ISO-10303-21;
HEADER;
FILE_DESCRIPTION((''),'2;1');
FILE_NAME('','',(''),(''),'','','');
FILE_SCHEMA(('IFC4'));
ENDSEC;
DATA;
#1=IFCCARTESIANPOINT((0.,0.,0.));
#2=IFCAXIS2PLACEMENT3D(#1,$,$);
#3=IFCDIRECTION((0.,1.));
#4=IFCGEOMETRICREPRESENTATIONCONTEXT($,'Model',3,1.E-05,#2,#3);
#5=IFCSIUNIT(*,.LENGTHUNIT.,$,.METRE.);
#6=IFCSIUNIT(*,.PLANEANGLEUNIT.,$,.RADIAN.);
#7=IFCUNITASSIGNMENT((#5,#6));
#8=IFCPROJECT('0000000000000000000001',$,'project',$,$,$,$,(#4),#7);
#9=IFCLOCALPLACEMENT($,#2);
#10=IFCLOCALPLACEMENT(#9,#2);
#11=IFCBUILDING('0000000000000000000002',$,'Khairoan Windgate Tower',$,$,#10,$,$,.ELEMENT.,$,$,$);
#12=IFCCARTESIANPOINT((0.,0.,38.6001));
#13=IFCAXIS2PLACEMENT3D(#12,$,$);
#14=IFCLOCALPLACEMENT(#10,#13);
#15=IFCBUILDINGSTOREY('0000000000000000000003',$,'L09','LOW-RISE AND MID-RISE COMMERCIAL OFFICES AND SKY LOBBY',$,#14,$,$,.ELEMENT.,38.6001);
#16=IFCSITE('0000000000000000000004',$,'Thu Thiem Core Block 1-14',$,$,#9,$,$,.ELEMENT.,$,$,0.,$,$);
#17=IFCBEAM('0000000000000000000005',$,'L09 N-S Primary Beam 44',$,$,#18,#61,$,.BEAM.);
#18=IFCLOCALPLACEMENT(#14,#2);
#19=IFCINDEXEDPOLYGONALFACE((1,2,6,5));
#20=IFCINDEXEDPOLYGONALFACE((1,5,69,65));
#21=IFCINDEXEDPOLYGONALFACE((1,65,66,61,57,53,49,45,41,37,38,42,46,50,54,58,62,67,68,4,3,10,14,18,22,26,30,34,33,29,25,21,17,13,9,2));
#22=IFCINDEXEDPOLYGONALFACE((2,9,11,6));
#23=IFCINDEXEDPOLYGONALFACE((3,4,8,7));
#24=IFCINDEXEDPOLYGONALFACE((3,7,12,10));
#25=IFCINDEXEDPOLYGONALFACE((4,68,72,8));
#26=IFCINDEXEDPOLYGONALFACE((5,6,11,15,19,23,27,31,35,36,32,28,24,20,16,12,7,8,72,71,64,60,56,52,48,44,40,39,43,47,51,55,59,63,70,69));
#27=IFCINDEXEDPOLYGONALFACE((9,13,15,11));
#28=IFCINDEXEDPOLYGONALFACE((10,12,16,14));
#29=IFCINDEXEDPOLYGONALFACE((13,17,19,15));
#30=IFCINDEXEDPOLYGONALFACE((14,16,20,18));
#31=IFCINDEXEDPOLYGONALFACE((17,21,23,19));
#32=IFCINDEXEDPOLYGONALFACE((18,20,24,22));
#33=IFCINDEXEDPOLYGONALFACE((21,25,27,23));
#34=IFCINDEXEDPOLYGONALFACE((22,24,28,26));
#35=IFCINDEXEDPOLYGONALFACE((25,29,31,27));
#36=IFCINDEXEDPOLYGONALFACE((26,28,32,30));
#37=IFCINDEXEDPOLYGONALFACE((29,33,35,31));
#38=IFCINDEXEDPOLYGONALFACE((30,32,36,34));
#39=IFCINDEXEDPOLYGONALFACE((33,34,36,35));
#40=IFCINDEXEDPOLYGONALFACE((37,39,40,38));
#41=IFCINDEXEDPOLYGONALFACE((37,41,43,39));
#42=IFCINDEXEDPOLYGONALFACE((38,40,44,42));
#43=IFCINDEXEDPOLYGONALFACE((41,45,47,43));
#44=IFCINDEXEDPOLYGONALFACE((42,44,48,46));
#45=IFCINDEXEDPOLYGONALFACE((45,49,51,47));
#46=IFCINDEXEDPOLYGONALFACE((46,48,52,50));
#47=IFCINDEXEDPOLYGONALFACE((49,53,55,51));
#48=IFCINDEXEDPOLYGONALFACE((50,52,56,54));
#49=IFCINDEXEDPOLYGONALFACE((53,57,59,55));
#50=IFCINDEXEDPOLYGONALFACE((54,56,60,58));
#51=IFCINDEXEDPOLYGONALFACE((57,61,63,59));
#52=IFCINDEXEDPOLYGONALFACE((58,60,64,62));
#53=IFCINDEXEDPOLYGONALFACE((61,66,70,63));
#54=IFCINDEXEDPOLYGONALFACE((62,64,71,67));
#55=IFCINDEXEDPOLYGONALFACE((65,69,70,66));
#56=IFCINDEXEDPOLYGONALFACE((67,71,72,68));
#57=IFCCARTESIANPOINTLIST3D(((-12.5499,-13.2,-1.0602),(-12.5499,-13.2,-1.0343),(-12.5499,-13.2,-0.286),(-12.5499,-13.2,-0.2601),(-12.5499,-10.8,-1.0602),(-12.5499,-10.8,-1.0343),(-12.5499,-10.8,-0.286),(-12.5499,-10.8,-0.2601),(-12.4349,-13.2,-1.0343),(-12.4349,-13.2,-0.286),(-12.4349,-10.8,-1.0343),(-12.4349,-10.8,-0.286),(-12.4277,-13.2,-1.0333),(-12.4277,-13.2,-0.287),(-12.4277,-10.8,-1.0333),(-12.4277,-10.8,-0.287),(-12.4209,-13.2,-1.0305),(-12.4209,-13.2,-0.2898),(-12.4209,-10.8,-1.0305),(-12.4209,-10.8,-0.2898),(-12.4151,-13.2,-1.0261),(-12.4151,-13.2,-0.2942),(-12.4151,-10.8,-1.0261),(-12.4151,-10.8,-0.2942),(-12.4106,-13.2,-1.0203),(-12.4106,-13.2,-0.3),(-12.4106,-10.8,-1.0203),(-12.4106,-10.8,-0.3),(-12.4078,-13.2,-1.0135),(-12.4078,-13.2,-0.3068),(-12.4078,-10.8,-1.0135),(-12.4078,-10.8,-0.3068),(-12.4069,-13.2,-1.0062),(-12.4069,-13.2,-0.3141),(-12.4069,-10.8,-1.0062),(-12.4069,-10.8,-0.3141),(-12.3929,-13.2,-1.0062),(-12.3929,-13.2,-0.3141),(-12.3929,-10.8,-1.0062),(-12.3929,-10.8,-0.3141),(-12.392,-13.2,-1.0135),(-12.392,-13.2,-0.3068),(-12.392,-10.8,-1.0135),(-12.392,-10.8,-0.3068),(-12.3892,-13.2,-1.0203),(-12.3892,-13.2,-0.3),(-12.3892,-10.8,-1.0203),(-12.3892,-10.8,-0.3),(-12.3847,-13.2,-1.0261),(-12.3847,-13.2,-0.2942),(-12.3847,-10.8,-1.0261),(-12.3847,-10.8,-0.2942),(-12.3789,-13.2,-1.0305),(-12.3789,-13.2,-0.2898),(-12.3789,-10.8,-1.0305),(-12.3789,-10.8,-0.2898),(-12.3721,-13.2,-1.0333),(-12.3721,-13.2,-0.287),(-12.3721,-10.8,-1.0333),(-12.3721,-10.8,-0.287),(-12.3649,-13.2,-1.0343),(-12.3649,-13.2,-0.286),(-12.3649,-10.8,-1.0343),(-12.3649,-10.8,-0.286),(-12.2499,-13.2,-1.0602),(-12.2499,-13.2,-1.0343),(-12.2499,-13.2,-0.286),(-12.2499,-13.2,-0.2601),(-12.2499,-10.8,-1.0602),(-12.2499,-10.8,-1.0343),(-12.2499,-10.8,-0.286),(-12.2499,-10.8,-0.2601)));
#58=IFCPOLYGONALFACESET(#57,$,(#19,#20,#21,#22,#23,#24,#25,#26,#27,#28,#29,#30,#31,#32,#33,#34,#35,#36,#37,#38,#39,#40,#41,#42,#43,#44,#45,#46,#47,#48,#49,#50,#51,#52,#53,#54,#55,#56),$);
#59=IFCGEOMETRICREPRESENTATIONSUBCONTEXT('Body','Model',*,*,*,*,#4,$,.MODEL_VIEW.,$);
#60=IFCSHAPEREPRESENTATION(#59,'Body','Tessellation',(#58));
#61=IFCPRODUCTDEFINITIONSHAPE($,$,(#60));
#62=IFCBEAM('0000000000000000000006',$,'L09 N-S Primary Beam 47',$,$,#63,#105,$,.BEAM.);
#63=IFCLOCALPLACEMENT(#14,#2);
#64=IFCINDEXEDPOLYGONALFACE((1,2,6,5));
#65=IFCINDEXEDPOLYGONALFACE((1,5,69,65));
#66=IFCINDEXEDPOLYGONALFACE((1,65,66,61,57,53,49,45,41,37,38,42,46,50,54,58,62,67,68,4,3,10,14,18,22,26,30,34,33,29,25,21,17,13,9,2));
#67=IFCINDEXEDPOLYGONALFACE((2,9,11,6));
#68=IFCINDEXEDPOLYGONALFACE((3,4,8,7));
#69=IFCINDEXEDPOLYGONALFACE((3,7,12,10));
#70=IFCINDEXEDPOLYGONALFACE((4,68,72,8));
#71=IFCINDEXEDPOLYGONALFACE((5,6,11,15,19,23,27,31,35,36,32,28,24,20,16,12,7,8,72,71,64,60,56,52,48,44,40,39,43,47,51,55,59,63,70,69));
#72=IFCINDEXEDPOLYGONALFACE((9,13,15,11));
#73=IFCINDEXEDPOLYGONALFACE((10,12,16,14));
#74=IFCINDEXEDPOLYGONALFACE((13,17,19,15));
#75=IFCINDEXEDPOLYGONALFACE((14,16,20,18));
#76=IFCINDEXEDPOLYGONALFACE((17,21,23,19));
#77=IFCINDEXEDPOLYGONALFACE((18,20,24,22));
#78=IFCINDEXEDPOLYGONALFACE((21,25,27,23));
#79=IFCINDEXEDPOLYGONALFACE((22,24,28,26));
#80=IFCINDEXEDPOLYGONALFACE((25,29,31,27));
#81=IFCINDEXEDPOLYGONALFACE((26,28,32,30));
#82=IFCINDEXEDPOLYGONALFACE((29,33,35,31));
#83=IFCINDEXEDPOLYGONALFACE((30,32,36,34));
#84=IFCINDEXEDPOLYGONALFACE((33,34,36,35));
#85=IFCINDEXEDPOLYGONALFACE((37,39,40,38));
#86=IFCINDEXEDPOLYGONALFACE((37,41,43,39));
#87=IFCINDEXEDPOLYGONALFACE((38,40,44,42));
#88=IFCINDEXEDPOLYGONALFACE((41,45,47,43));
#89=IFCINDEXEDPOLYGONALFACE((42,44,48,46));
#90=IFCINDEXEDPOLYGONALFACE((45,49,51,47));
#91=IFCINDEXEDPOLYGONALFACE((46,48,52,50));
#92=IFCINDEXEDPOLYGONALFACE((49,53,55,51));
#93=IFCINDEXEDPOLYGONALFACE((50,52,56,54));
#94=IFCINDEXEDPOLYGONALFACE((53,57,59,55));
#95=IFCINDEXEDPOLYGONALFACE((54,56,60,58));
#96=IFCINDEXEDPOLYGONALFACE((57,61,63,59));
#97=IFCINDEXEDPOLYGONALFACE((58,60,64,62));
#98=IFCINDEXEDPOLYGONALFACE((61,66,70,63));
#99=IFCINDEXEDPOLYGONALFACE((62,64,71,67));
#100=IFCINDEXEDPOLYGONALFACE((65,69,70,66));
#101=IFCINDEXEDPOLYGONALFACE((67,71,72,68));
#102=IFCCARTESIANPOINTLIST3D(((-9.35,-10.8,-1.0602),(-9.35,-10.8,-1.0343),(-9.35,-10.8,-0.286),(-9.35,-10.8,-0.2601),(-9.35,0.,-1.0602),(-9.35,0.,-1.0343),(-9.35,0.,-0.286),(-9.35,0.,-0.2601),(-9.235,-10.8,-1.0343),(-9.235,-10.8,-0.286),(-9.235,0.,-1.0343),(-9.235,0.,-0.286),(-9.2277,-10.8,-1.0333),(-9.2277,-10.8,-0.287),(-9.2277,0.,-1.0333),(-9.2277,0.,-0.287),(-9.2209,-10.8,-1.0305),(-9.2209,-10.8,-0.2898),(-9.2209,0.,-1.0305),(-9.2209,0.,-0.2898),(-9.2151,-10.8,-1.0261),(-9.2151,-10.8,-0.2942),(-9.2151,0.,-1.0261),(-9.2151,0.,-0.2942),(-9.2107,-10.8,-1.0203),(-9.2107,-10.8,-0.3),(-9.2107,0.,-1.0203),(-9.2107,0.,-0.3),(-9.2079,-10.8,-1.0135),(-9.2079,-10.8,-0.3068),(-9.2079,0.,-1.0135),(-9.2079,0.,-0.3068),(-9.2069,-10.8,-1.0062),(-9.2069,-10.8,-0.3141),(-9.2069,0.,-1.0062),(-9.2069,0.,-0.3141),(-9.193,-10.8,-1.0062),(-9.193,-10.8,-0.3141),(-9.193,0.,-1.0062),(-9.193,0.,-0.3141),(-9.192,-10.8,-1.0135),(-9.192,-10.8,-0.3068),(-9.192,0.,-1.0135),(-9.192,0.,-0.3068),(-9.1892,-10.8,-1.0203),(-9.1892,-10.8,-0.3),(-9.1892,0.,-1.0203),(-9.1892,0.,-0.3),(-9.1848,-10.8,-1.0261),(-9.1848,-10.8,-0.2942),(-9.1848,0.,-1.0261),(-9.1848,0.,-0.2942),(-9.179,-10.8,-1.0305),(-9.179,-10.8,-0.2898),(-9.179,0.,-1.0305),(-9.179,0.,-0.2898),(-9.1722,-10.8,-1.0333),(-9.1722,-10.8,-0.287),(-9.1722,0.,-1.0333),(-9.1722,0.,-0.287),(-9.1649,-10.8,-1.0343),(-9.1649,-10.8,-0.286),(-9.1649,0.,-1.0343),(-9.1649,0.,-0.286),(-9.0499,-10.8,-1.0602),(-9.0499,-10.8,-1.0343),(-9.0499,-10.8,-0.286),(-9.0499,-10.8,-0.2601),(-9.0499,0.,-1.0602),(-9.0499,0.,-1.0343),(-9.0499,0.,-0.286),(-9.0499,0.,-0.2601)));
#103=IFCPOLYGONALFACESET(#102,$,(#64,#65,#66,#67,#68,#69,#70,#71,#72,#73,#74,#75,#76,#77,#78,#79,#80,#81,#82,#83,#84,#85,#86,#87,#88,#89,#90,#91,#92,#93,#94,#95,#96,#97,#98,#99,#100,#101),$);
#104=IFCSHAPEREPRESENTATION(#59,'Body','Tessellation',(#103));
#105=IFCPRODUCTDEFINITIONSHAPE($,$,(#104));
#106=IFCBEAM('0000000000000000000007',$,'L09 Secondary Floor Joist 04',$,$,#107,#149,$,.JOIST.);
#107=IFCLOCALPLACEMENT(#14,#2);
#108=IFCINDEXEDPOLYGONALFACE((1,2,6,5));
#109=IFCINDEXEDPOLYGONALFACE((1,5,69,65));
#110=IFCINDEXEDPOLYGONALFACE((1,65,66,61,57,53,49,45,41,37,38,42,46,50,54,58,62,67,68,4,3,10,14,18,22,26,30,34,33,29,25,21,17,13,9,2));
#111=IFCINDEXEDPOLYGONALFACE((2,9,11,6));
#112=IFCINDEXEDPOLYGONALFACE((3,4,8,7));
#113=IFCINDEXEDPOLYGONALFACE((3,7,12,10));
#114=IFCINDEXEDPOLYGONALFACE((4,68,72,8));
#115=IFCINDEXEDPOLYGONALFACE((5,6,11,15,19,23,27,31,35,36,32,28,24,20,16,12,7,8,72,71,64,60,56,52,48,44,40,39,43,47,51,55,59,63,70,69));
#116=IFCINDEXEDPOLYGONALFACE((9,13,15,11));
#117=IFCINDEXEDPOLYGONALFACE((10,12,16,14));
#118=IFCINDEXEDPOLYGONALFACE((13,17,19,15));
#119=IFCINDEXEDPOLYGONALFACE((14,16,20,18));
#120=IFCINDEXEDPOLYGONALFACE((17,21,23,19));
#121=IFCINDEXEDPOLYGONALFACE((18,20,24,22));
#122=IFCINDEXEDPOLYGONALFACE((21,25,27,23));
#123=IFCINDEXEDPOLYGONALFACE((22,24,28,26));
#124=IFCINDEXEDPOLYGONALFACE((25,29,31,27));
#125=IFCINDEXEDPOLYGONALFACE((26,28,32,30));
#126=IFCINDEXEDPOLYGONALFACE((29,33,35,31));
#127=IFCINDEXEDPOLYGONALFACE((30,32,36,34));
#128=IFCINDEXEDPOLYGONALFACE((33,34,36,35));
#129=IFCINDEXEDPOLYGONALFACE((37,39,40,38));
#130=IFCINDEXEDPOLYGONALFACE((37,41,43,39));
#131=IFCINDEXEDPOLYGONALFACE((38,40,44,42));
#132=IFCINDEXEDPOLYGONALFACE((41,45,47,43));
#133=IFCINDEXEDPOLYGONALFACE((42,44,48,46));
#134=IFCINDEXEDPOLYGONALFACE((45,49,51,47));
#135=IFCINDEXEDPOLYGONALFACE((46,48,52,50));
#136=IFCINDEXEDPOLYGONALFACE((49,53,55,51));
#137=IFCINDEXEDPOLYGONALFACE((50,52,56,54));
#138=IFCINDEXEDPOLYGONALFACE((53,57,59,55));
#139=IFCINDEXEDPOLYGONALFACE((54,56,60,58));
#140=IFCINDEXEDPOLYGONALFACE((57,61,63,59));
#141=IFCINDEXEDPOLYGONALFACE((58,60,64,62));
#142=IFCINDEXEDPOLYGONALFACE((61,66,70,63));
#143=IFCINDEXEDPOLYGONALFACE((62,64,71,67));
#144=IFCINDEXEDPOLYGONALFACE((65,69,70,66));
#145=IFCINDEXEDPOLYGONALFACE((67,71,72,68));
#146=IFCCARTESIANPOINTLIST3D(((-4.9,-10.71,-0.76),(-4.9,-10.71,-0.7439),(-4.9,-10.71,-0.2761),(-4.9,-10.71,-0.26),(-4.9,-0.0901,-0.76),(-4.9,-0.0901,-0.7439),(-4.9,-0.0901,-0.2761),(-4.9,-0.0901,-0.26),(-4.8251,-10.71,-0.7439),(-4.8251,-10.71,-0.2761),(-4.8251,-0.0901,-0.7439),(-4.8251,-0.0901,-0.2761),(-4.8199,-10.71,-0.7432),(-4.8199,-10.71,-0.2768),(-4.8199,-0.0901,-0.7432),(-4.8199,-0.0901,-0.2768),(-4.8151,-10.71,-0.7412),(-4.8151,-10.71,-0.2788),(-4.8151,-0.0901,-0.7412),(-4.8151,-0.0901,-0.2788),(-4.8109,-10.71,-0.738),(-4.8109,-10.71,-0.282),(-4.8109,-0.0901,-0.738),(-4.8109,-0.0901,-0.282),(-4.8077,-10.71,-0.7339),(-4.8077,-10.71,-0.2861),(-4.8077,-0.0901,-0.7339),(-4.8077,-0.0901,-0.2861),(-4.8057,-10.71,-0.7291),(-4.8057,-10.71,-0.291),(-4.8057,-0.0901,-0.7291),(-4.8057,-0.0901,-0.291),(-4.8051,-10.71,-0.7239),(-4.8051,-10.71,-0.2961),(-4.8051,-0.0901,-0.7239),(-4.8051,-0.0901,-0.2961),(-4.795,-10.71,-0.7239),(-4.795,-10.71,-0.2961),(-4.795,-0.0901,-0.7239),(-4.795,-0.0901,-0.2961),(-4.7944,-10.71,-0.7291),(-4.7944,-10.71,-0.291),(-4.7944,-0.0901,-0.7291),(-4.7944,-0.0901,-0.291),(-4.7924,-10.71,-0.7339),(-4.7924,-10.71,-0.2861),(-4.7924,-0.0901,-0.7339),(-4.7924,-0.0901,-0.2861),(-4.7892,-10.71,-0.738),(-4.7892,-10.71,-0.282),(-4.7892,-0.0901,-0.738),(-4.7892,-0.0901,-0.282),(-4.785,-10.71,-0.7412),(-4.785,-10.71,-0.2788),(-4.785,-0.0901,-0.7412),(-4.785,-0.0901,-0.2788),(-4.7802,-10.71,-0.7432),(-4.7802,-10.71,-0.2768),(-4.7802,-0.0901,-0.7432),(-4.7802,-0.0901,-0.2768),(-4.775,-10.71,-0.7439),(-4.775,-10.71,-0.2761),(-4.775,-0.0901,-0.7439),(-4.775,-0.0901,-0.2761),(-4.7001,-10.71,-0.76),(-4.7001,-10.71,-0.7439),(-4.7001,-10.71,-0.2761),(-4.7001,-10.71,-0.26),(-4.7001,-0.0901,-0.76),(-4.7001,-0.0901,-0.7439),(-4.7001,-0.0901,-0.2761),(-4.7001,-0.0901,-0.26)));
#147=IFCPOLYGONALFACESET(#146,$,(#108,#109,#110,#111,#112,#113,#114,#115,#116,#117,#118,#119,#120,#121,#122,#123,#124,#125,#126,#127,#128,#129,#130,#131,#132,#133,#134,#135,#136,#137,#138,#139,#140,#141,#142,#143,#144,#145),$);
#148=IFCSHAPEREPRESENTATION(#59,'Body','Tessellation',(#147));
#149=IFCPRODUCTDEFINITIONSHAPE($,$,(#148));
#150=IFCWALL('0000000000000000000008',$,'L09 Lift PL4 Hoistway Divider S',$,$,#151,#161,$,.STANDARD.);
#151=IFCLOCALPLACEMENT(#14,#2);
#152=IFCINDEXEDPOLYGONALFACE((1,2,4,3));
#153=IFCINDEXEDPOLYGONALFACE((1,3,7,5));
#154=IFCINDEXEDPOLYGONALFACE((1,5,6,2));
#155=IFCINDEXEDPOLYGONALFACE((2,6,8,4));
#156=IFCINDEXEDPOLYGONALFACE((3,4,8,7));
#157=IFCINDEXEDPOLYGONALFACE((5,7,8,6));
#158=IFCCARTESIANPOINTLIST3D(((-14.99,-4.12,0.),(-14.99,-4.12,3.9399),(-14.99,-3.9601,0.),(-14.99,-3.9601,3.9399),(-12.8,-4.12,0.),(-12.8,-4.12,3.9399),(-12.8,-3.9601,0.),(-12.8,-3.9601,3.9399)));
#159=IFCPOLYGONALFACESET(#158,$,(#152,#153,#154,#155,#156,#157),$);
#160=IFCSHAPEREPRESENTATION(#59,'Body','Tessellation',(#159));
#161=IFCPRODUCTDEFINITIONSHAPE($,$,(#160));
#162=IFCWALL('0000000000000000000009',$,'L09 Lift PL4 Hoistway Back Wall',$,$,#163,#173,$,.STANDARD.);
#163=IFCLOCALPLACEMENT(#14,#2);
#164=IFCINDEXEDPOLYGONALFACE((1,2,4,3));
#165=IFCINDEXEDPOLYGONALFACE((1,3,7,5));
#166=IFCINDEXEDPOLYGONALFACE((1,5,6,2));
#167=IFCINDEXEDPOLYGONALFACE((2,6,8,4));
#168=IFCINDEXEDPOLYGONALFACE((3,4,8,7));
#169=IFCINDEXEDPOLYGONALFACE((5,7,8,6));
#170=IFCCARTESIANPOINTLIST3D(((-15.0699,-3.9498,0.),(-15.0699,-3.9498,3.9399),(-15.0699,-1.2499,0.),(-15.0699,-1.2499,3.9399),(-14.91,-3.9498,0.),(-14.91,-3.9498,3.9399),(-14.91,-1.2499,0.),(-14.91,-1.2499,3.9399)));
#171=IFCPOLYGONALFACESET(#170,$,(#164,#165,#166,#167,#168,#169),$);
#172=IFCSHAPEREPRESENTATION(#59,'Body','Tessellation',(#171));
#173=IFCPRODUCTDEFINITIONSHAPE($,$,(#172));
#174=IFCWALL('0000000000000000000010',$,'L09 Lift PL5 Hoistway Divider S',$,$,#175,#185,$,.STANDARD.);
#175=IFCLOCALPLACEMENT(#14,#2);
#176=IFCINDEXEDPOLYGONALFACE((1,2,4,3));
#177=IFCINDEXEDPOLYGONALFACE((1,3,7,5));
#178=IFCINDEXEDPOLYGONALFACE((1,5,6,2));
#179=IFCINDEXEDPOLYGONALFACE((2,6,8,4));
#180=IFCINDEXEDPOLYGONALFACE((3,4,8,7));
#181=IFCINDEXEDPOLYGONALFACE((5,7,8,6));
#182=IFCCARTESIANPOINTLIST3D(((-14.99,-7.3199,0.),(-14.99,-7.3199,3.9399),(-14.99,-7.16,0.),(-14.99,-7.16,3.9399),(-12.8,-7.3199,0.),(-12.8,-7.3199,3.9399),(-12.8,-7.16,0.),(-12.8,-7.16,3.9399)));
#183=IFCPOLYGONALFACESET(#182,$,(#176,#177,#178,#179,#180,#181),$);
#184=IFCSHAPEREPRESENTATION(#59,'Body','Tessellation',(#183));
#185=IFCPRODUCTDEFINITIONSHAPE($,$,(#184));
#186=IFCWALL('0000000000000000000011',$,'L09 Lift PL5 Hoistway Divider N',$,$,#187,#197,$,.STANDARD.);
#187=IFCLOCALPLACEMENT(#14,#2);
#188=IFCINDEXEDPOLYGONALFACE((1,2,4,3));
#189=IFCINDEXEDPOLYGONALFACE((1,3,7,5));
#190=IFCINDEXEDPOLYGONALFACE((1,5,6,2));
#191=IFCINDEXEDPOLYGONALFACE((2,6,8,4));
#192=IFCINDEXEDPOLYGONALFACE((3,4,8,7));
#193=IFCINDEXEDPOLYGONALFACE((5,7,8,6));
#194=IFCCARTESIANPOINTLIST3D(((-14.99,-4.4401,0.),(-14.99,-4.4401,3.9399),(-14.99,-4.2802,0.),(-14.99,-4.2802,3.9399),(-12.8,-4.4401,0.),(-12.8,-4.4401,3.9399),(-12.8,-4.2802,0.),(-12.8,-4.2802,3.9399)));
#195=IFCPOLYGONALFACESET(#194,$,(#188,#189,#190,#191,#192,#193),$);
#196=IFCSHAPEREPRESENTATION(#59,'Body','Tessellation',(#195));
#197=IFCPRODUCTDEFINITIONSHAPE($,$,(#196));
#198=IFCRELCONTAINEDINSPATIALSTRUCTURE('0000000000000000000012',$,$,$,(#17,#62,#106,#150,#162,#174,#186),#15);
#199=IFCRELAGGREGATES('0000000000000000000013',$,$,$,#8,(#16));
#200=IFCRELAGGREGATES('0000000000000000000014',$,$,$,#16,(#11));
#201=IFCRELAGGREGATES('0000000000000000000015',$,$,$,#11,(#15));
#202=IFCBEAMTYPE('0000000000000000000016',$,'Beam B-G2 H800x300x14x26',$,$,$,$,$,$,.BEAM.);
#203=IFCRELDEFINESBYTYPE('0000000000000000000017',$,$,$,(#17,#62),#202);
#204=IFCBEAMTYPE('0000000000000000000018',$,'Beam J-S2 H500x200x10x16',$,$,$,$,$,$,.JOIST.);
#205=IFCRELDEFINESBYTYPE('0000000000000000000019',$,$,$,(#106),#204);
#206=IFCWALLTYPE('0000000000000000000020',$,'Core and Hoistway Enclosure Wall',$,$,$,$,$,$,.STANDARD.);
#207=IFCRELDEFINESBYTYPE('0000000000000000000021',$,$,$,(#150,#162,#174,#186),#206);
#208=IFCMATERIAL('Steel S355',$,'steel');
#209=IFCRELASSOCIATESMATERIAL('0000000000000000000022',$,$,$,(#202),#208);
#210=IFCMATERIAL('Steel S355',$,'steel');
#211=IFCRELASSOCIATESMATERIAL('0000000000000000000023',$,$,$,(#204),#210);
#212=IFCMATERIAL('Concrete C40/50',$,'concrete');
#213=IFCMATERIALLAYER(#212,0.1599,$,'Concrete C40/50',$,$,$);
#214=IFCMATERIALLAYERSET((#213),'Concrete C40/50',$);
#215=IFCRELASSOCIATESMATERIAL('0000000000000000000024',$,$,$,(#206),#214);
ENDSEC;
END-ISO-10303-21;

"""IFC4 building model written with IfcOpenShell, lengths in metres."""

from ifc_helpers import new_model, si_unit, direction, frame, frame_2d, origin, origin_2d, place, context, subcontext, project, spatial, rectangle, i_section, extrude, material, layer, layer_set, material_profile, profile_set, type_object, element, save


model = new_model("IFC4")

# Units and contexts
model_context = context("Model", 3, precision=1e-05, world=origin(), true_north=direction((0.0, 1.0)))
body_context = subcontext(model_context, "Body", "Model", "MODEL_VIEW")
ifc_project = project(units=[si_unit("LENGTHUNIT", "METRE"), si_unit("PLANEANGLEUNIT", "RADIAN")], contexts=[model_context])

# Site, building, storey
site_placement = place(None, origin())
site = spatial("IfcSite", under=ifc_project, at=site_placement, Name="Thu Thiem Core Block 1-14", CompositionType="ELEMENT", RefElevation=0.0)
building_placement = place(site_placement, origin())
building = spatial("IfcBuilding", under=site, at=building_placement, Name="Khairoan Windgate Tower", CompositionType="ELEMENT")
storey_placement = place(building_placement, frame((0.0, 0.0, 38.6001)))
storey = spatial("IfcBuildingStorey", under=building, at=storey_placement, Name="L09", Description="LOW-RISE AND MID-RISE COMMERCIAL OFFICES AND SKY LOBBY", CompositionType="ELEMENT", Elevation=38.6001)

# Beams
ifc_material_1 = material(Name="Steel S355", Category="steel")
ifc_material_profile_1 = material_profile(ifc_material_1, i_section(OverallWidth=0.3, OverallDepth=0.8, WebThickness=0.0139, FlangeThickness=0.0259, FilletRadius=0.0281, at=origin_2d()))
ifc_profile_set_1 = profile_set([ifc_material_profile_1], Name="Steel S355")
beam_type_1 = type_object("IfcBeamType", Name="Beam B-G2 H800x300x14x26", PredefinedType="BEAM", material=ifc_profile_set_1)
beam_1_placement = place(storey_placement, frame((-12.3999, -13.2, -0.6602), z_axis=(0.0, 1.0, 0.0), x_axis=(-1.0, 0.0, 0.0)))
element("IfcBeam", 1, at=beam_1_placement, inside=storey, type_object=beam_type_1, Name="L09 N-S Primary Beam 44", PredefinedType="BEAM", context=body_context, shape_type="SweptSolid", body=[
    extrude(i_section(OverallWidth=0.3, OverallDepth=0.8, WebThickness=0.0139, FlangeThickness=0.0259, FilletRadius=0.0281, at=origin_2d()), origin(), (0.0, 0.0, 1.0), 2.3999),
])
beam_2_placement = place(storey_placement, frame((-9.2, -10.8, -0.6602), z_axis=(0.0, 1.0, 0.0), x_axis=(-1.0, 0.0, 0.0)))
element("IfcBeam", 2, at=beam_2_placement, inside=storey, type_object=beam_type_1, Name="L09 N-S Primary Beam 47", PredefinedType="BEAM", context=body_context, shape_type="SweptSolid", body=[
    extrude(i_section(OverallWidth=0.3, OverallDepth=0.8, WebThickness=0.0139, FlangeThickness=0.0259, FilletRadius=0.0281, at=origin_2d()), origin(), (0.0, 0.0, 1.0), 10.8),
])
ifc_material_2 = material(Name="Steel S355", Category="steel")
ifc_material_profile_2 = material_profile(ifc_material_2, i_section(OverallWidth=0.2, OverallDepth=0.5, WebThickness=0.01, FlangeThickness=0.0161, FilletRadius=0.02, at=origin_2d()))
ifc_profile_set_2 = profile_set([ifc_material_profile_2], Name="Steel S355")
beam_type_2 = type_object("IfcBeamType", Name="Beam J-S2 H500x200x10x16", PredefinedType="JOIST", material=ifc_profile_set_2)
beam_3_placement = place(storey_placement, frame((-4.8, -10.71, -0.51), z_axis=(0.0, 1.0, 0.0), x_axis=(-1.0, 0.0, 0.0)))
element("IfcBeam", 3, at=beam_3_placement, inside=storey, type_object=beam_type_2, Name="L09 Secondary Floor Joist 04", PredefinedType="JOIST", context=body_context, shape_type="SweptSolid", body=[
    extrude(i_section(OverallWidth=0.2, OverallDepth=0.5, WebThickness=0.01, FlangeThickness=0.0161, FilletRadius=0.02, at=origin_2d()), origin(), (0.0, 0.0, 1.0), 10.6199),
])

# Walls
ifc_material_3 = material(Name="Concrete C40/50", Category="concrete")
ifc_layer_1 = layer(ifc_material_3, 0.1599, Name="Concrete C40/50")
ifc_layer_set_1 = layer_set([ifc_layer_1], Name="Concrete C40/50")
wall_type_1 = type_object("IfcWallType", Name="Core and Hoistway Enclosure Wall", PredefinedType="STANDARD", material=ifc_layer_set_1)
wall_1_placement = place(storey_placement, frame((-14.99, -4.04, 0.0), z_axis=(0.0, 0.0, 1.0), x_axis=(1.0, 0.0, 0.0)))
element("IfcWall", 4, at=wall_1_placement, inside=storey, type_object=wall_type_1, Name="L09 Lift PL4 Hoistway Divider S", PredefinedType="STANDARD", context=body_context, shape_type="SweptSolid", body=[
    extrude(rectangle(XDim=2.1899, YDim=0.1599, at=frame_2d((1.095, 0.0))), origin(), (0.0, 0.0, 1.0), 3.9399),
])
wall_2_placement = place(storey_placement, frame((-14.99, -3.95, 0.0), z_axis=(0.0, 0.0, 1.0), x_axis=(0.0, 1.0, 0.0)))
element("IfcWall", 5, at=wall_2_placement, inside=storey, type_object=wall_type_1, Name="L09 Lift PL4 Hoistway Back Wall", PredefinedType="STANDARD", context=body_context, shape_type="SweptSolid", body=[
    extrude(rectangle(XDim=2.7, YDim=0.1599, at=frame_2d((1.3501, 0.0))), origin(), (0.0, 0.0, 1.0), 3.9399),
])
for number, where, z_axis, x_axis, name in (
    (6, (-14.99, -7.24, 0.0), (0.0, 0.0, 1.0), (1.0, 0.0, 0.0), "L09 Lift PL5 Hoistway Divider S"),
    (7, (-14.99, -4.3601, 0.0), (0.0, 0.0, 1.0), (1.0, 0.0, 0.0), "L09 Lift PL5 Hoistway Divider N"),
):
    element("IfcWall", number, at=place(storey_placement, frame(where, z_axis=z_axis, x_axis=x_axis)), inside=storey, type_object=wall_type_1, Name=name, PredefinedType="STANDARD", context=body_context, shape_type="SweptSolid", body=[
        extrude(rectangle(XDim=2.1899, YDim=0.1599, at=frame_2d((1.095, 0.0))), origin(), (0.0, 0.0, 1.0), 3.9399),
    ])

save(model, "model.ifc")
